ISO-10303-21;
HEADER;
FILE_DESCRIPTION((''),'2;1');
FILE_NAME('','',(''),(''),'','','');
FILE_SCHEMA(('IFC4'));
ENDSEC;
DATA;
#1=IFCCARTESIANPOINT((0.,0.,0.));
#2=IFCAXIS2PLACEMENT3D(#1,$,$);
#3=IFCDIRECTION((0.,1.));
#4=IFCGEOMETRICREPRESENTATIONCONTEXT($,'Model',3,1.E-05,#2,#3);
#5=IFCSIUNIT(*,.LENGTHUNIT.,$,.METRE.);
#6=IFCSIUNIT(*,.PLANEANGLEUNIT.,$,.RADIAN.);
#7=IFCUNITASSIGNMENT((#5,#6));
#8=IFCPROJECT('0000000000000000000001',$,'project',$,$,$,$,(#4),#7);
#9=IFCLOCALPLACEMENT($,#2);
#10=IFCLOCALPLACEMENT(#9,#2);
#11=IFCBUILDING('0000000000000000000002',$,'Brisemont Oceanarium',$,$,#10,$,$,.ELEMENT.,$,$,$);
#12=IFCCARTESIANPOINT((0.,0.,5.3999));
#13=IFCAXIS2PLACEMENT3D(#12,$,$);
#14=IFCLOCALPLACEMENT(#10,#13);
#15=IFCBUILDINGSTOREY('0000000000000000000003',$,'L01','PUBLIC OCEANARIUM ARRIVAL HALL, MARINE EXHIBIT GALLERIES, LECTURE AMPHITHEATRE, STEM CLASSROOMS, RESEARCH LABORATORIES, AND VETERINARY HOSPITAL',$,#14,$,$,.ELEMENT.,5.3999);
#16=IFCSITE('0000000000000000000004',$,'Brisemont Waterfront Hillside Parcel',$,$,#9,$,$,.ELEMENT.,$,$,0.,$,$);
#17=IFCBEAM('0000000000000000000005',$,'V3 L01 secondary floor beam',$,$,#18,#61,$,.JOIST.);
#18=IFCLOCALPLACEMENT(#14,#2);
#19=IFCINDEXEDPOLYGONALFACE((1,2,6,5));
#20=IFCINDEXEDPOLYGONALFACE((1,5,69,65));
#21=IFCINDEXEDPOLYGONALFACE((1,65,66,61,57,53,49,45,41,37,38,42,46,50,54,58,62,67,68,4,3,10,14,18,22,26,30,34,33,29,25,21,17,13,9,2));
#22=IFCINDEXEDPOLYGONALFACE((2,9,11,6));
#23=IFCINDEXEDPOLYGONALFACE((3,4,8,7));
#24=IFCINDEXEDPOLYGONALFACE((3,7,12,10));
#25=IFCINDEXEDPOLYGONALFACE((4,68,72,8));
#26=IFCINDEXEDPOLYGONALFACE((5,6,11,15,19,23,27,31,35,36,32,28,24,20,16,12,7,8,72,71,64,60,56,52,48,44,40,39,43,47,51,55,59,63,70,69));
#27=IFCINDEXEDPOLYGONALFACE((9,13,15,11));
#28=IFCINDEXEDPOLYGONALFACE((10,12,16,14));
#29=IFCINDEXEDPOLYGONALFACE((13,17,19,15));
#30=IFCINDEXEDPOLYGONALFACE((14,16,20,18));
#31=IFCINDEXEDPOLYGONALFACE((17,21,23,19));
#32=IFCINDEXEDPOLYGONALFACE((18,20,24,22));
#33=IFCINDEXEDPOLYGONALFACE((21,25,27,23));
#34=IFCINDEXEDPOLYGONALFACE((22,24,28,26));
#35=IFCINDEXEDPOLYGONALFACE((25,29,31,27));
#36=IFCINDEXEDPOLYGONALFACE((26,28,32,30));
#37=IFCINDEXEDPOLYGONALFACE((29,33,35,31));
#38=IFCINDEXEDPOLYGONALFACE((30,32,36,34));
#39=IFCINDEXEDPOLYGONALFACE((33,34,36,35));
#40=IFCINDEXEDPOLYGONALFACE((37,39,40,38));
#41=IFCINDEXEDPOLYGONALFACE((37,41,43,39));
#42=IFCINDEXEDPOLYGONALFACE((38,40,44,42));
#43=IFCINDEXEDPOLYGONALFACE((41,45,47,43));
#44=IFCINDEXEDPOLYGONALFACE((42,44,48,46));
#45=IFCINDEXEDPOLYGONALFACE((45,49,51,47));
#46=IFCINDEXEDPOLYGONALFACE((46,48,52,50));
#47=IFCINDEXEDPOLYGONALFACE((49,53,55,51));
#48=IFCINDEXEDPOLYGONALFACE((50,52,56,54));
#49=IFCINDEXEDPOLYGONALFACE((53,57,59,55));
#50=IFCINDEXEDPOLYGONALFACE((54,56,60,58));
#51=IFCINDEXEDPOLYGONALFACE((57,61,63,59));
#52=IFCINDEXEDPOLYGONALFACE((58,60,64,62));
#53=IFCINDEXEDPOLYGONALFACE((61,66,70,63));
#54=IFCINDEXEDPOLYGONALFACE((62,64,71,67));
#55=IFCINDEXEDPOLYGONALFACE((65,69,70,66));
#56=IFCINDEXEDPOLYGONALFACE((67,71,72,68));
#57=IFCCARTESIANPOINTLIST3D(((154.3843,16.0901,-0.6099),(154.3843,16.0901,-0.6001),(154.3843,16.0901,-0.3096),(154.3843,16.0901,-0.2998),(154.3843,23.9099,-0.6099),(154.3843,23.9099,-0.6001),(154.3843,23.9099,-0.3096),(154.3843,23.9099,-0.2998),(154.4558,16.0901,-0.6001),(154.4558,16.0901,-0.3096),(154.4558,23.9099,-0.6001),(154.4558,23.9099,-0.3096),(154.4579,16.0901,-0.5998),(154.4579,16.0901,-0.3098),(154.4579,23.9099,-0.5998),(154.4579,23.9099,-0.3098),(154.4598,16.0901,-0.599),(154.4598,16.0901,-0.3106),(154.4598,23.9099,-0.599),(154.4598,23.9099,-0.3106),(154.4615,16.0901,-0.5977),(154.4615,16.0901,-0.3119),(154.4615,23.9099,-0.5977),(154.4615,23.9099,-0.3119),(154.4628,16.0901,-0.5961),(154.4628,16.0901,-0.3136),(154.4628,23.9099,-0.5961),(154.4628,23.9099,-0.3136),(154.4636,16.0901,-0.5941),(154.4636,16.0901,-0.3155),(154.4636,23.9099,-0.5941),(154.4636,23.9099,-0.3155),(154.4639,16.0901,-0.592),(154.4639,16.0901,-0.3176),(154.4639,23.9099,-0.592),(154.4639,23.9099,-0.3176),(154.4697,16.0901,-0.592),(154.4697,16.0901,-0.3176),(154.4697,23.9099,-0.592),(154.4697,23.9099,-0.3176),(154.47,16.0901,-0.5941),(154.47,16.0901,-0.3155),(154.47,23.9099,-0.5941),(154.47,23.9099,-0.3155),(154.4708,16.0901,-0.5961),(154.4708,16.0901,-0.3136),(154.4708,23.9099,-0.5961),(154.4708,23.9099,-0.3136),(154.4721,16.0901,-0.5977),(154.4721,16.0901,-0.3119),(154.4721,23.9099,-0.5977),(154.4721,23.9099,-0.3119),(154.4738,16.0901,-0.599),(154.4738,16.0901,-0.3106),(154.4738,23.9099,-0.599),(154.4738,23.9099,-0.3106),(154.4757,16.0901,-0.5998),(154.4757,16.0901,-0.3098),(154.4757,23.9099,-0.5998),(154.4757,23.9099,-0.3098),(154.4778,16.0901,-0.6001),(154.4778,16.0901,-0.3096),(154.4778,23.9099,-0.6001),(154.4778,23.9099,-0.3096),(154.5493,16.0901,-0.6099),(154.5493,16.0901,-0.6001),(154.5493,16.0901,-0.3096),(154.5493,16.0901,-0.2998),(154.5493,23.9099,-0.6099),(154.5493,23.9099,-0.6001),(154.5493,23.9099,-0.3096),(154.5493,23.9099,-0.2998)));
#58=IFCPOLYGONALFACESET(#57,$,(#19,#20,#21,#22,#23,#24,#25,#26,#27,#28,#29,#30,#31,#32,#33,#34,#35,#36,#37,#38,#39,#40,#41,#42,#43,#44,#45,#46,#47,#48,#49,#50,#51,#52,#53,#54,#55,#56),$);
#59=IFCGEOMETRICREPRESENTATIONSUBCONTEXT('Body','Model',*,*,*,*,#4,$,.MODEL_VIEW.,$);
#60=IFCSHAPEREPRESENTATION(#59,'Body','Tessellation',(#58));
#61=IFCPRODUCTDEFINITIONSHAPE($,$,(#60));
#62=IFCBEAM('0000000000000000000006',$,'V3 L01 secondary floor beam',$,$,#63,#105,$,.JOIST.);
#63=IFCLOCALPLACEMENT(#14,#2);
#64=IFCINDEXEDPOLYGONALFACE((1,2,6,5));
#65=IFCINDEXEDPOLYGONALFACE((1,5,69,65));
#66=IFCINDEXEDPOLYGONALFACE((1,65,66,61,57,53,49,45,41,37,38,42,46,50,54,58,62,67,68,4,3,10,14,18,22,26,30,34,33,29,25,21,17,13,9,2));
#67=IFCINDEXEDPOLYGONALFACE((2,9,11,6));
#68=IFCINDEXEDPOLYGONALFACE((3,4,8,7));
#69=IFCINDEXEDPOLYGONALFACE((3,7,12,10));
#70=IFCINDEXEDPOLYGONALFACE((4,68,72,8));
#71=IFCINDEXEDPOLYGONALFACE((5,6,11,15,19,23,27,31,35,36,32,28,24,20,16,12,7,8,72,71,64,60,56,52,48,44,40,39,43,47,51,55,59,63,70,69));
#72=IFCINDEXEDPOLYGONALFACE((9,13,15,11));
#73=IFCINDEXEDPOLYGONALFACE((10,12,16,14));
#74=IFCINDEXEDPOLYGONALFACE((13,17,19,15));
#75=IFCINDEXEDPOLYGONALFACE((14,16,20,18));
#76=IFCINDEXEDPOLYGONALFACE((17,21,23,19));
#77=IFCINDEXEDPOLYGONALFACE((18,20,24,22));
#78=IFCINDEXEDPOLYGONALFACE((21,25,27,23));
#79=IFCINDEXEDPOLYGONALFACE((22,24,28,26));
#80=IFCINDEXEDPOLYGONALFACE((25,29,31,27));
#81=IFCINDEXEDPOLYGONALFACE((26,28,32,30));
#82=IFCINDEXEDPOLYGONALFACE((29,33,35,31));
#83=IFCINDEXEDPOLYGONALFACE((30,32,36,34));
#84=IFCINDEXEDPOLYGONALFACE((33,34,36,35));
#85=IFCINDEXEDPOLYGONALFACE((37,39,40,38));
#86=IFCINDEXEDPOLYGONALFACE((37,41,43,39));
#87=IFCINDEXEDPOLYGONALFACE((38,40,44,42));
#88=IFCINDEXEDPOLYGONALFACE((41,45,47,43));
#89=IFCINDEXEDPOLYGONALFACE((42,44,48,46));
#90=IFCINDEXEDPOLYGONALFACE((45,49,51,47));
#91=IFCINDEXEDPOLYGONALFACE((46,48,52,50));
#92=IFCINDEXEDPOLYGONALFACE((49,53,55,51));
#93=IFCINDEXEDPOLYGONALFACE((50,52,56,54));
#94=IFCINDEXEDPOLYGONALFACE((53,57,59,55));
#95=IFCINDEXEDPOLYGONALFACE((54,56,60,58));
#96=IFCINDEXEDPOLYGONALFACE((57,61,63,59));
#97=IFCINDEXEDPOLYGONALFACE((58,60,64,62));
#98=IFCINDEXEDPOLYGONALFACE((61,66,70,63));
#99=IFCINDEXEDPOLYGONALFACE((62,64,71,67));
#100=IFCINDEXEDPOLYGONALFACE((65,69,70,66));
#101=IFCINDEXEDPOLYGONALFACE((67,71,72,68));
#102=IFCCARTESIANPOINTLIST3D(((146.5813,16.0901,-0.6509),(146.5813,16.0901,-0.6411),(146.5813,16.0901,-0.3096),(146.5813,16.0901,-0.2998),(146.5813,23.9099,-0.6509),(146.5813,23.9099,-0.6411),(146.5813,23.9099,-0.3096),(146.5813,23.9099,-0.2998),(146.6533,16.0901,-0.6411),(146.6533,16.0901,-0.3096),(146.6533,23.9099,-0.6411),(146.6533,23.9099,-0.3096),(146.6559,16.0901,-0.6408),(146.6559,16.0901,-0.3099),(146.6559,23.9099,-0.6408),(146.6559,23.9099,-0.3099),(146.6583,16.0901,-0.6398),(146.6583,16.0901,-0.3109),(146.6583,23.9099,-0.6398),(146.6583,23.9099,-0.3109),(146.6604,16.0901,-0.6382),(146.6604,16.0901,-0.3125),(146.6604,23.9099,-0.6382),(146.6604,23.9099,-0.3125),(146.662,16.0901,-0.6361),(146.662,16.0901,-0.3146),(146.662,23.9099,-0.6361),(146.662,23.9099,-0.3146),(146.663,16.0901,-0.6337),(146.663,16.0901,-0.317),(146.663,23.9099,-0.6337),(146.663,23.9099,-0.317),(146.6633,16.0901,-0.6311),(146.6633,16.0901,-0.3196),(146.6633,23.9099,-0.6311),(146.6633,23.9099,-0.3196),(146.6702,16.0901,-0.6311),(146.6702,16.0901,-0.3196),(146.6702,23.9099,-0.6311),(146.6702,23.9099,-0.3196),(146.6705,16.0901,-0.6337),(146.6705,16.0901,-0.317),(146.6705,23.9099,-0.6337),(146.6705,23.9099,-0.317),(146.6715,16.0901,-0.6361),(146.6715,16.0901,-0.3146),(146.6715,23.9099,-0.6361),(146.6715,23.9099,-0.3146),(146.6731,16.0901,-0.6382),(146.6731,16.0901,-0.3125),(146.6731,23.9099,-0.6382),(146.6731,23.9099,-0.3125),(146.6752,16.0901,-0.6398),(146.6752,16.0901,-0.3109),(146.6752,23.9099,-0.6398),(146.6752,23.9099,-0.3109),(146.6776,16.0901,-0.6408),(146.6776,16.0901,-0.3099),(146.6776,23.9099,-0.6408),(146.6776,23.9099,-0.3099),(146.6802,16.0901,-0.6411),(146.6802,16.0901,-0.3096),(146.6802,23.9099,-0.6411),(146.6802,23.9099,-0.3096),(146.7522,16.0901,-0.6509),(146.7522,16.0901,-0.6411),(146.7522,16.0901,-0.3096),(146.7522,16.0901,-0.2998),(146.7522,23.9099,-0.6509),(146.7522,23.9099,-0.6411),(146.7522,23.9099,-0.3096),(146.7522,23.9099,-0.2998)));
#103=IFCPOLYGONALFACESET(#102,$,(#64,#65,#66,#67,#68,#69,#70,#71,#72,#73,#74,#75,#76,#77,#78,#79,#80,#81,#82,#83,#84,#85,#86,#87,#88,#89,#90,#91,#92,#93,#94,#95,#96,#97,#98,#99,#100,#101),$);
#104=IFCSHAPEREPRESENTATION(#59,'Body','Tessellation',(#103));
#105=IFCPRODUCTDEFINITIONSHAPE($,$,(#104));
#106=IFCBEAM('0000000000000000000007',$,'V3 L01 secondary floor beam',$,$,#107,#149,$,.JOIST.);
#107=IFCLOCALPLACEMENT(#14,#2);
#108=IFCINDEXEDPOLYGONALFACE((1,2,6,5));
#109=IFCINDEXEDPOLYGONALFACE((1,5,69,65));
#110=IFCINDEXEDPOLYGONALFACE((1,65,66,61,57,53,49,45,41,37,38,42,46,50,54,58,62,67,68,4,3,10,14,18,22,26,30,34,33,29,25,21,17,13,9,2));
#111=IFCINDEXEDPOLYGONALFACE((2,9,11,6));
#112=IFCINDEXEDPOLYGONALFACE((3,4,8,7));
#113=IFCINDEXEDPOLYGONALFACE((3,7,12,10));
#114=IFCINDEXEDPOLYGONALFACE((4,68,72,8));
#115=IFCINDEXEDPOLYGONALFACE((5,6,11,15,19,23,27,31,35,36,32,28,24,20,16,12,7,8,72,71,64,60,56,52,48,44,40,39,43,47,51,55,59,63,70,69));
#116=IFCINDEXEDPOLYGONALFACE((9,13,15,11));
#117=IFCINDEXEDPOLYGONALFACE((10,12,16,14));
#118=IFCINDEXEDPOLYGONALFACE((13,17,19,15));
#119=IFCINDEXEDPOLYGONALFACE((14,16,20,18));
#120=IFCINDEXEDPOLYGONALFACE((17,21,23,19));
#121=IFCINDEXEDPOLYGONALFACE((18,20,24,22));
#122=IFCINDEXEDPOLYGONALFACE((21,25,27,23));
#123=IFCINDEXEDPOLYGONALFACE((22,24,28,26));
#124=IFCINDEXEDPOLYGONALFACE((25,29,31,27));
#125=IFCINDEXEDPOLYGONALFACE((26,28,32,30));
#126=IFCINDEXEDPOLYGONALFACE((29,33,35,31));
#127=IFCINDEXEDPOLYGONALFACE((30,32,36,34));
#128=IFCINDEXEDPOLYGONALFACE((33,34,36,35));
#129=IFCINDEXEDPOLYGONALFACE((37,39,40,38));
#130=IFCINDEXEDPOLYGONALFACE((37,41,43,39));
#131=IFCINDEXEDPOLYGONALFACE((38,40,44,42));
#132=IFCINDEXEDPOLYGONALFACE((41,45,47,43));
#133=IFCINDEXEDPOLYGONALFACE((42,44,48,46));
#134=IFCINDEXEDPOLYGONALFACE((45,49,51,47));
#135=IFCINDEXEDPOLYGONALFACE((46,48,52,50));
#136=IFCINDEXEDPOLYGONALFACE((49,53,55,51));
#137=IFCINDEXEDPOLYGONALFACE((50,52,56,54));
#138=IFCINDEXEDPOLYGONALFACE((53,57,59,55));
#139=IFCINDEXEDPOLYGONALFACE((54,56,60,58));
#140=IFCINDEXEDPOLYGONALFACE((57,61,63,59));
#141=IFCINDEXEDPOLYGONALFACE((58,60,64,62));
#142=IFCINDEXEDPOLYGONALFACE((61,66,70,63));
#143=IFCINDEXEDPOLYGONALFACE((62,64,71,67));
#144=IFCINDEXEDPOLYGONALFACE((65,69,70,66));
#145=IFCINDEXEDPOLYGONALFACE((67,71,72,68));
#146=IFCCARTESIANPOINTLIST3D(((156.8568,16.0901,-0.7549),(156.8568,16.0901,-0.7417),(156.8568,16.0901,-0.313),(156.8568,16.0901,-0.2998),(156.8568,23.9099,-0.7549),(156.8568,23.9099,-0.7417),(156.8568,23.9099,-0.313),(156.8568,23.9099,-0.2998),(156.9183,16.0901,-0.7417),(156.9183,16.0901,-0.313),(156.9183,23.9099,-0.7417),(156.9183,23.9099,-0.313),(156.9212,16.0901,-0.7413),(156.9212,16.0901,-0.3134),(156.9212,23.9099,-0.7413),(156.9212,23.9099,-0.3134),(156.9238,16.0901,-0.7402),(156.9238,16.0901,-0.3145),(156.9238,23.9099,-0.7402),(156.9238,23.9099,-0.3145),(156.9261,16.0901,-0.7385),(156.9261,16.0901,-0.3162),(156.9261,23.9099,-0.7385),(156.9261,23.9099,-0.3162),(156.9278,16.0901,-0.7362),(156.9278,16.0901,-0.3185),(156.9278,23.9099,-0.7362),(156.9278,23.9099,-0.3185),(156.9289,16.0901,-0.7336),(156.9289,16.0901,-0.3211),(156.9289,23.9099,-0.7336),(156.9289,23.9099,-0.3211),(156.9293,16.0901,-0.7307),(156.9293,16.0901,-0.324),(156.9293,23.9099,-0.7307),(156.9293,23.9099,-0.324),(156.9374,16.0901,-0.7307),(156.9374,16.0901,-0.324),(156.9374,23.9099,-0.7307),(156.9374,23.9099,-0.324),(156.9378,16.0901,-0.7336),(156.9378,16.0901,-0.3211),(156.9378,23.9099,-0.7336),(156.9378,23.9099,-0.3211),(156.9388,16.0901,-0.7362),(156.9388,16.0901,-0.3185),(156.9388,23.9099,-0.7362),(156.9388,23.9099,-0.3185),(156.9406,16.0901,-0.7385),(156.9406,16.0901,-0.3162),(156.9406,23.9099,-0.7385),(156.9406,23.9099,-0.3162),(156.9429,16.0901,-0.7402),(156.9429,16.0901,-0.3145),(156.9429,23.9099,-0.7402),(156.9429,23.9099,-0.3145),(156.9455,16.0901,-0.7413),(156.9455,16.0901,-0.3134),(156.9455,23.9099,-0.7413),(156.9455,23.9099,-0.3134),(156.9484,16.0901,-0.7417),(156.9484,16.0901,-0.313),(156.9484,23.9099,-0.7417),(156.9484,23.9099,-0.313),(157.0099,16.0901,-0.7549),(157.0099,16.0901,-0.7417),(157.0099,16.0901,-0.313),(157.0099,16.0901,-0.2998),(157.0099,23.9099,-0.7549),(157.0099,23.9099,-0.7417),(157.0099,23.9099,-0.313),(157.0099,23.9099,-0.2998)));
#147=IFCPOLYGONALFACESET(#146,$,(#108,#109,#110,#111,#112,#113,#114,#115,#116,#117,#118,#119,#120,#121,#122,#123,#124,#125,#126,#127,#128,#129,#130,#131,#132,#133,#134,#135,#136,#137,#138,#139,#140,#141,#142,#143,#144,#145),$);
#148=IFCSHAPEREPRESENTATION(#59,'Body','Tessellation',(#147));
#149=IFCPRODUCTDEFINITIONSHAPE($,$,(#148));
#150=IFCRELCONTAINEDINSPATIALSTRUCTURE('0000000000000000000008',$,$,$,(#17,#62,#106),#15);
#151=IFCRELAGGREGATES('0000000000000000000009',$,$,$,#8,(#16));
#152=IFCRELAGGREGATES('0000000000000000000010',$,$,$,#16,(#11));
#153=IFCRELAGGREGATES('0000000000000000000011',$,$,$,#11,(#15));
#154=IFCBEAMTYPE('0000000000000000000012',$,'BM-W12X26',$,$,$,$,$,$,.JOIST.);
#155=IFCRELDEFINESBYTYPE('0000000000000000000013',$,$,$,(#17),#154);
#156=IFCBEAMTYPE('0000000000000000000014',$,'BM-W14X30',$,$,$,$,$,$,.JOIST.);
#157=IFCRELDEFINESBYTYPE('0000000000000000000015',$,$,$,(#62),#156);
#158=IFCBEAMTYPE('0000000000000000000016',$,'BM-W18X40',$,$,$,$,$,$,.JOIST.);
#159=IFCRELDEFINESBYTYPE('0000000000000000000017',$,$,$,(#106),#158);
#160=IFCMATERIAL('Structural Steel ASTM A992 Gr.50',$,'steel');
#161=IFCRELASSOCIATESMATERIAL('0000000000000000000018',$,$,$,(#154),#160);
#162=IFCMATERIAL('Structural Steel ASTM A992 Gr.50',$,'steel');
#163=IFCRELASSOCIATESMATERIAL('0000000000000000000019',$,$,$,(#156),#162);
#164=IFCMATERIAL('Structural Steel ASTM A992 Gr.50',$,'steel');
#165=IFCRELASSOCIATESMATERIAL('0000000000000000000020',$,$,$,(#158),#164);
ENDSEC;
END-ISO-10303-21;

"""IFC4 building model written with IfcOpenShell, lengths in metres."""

from ifc_helpers import new_model, si_unit, direction, frame, origin, origin_2d, place, context, subcontext, project, spatial, i_section, extrude, material, material_profile, profile_set, type_object, element, save


model = new_model("IFC4")

# Units and contexts
model_context = context("Model", 3, precision=1e-05, world=origin(), true_north=direction((0.0, 1.0)))
body_context = subcontext(model_context, "Body", "Model", "MODEL_VIEW")
ifc_project = project(units=[si_unit("LENGTHUNIT", "METRE"), si_unit("PLANEANGLEUNIT", "RADIAN")], contexts=[model_context])

# Site, building, storey
site_placement = place(None, origin())
site = spatial("IfcSite", under=ifc_project, at=site_placement, Name="Brisemont Waterfront Hillside Parcel", CompositionType="ELEMENT", RefElevation=0.0)
building_placement = place(site_placement, origin())
building = spatial("IfcBuilding", under=site, at=building_placement, Name="Brisemont Oceanarium", CompositionType="ELEMENT")
storey_placement = place(building_placement, frame((0.0, 0.0, 5.3999)))
storey = spatial("IfcBuildingStorey", under=building, at=storey_placement, Name="L01", Description="PUBLIC OCEANARIUM ARRIVAL HALL, MARINE EXHIBIT GALLERIES, LECTURE AMPHITHEATRE, STEM CLASSROOMS, RESEARCH LABORATORIES, AND VETERINARY HOSPITAL", CompositionType="ELEMENT", Elevation=5.3999)

# Beams
ifc_material_1 = material(Name="Structural Steel ASTM A992 Gr.50", Category="steel")
ifc_material_profile_1 = material_profile(ifc_material_1, i_section(OverallWidth=0.165, OverallDepth=0.3101, WebThickness=0.0059, FlangeThickness=0.0098, FilletRadius=0.0081, at=origin_2d()), Name="W12X26")
ifc_profile_set_1 = profile_set([ifc_material_profile_1], Name="Structural Steel ASTM A992 Gr.50")
beam_type_1 = type_object("IfcBeamType", Name="BM-W12X26", PredefinedType="JOIST", material=ifc_profile_set_1)
for number, where, z_axis, x_axis, name in (
    (1, (154.4668, 16.0901, -0.4548), (0.0, 1.0, 0.0), (-1.0, 0.0, 0.0), "V3 L01 secondary floor beam"),
):
    element("IfcBeam", number, at=place(storey_placement, frame(where, z_axis=z_axis, x_axis=x_axis)), inside=storey, type_object=beam_type_1, Name=name, PredefinedType="JOIST", context=body_context, shape_type="SweptSolid", body=[
        extrude(i_section(OverallWidth=0.165, OverallDepth=0.3101, WebThickness=0.0059, FlangeThickness=0.0098, FilletRadius=0.0081, at=origin_2d()), origin(), (0.0, 0.0, 1.0), 7.8198),
    ])
ifc_material_2 = material(Name="Structural Steel ASTM A992 Gr.50", Category="steel")
ifc_material_profile_2 = material_profile(ifc_material_2, i_section(OverallWidth=0.1709, OverallDepth=0.3511, WebThickness=0.0068, FlangeThickness=0.0098, FilletRadius=0.01, at=origin_2d()), Name="W14X30")
ifc_profile_set_2 = profile_set([ifc_material_profile_2], Name="Structural Steel ASTM A992 Gr.50")
beam_type_2 = type_object("IfcBeamType", Name="BM-W14X30", PredefinedType="JOIST", material=ifc_profile_set_2)
beam_1_placement = place(storey_placement, frame((146.6667, 16.0901, -0.4753), z_axis=(0.0, 1.0, 0.0), x_axis=(-1.0, 0.0, 0.0)))
element("IfcBeam", 2, at=beam_1_placement, inside=storey, type_object=beam_type_2, Name="V3 L01 secondary floor beam", PredefinedType="JOIST", context=body_context, shape_type="SweptSolid", body=[
    extrude(i_section(OverallWidth=0.1709, OverallDepth=0.3511, WebThickness=0.0068, FlangeThickness=0.0098, FilletRadius=0.01, at=origin_2d()), origin(), (0.0, 0.0, 1.0), 7.8198),
])
ifc_material_3 = material(Name="Structural Steel ASTM A992 Gr.50", Category="steel")
ifc_material_profile_3 = material_profile(ifc_material_3, i_section(OverallWidth=0.1531, OverallDepth=0.4551, WebThickness=0.0081, FlangeThickness=0.0132, FilletRadius=0.011, at=origin_2d()), Name="W18X40")
ifc_profile_set_3 = profile_set([ifc_material_profile_3], Name="Structural Steel ASTM A992 Gr.50")
beam_type_3 = type_object("IfcBeamType", Name="BM-W18X40", PredefinedType="JOIST", material=ifc_profile_set_3)
beam_2_placement = place(storey_placement, frame((156.9333, 16.0901, -0.5273), z_axis=(0.0, 1.0, 0.0), x_axis=(-1.0, 0.0, 0.0)))
element("IfcBeam", 3, at=beam_2_placement, inside=storey, type_object=beam_type_3, Name="V3 L01 secondary floor beam", PredefinedType="JOIST", context=body_context, shape_type="SweptSolid", body=[
    extrude(i_section(OverallWidth=0.1531, OverallDepth=0.4551, WebThickness=0.0081, FlangeThickness=0.0132, FilletRadius=0.011, at=origin_2d()), origin(), (0.0, 0.0, 1.0), 7.8198),
])

save(model, "model.ifc")
